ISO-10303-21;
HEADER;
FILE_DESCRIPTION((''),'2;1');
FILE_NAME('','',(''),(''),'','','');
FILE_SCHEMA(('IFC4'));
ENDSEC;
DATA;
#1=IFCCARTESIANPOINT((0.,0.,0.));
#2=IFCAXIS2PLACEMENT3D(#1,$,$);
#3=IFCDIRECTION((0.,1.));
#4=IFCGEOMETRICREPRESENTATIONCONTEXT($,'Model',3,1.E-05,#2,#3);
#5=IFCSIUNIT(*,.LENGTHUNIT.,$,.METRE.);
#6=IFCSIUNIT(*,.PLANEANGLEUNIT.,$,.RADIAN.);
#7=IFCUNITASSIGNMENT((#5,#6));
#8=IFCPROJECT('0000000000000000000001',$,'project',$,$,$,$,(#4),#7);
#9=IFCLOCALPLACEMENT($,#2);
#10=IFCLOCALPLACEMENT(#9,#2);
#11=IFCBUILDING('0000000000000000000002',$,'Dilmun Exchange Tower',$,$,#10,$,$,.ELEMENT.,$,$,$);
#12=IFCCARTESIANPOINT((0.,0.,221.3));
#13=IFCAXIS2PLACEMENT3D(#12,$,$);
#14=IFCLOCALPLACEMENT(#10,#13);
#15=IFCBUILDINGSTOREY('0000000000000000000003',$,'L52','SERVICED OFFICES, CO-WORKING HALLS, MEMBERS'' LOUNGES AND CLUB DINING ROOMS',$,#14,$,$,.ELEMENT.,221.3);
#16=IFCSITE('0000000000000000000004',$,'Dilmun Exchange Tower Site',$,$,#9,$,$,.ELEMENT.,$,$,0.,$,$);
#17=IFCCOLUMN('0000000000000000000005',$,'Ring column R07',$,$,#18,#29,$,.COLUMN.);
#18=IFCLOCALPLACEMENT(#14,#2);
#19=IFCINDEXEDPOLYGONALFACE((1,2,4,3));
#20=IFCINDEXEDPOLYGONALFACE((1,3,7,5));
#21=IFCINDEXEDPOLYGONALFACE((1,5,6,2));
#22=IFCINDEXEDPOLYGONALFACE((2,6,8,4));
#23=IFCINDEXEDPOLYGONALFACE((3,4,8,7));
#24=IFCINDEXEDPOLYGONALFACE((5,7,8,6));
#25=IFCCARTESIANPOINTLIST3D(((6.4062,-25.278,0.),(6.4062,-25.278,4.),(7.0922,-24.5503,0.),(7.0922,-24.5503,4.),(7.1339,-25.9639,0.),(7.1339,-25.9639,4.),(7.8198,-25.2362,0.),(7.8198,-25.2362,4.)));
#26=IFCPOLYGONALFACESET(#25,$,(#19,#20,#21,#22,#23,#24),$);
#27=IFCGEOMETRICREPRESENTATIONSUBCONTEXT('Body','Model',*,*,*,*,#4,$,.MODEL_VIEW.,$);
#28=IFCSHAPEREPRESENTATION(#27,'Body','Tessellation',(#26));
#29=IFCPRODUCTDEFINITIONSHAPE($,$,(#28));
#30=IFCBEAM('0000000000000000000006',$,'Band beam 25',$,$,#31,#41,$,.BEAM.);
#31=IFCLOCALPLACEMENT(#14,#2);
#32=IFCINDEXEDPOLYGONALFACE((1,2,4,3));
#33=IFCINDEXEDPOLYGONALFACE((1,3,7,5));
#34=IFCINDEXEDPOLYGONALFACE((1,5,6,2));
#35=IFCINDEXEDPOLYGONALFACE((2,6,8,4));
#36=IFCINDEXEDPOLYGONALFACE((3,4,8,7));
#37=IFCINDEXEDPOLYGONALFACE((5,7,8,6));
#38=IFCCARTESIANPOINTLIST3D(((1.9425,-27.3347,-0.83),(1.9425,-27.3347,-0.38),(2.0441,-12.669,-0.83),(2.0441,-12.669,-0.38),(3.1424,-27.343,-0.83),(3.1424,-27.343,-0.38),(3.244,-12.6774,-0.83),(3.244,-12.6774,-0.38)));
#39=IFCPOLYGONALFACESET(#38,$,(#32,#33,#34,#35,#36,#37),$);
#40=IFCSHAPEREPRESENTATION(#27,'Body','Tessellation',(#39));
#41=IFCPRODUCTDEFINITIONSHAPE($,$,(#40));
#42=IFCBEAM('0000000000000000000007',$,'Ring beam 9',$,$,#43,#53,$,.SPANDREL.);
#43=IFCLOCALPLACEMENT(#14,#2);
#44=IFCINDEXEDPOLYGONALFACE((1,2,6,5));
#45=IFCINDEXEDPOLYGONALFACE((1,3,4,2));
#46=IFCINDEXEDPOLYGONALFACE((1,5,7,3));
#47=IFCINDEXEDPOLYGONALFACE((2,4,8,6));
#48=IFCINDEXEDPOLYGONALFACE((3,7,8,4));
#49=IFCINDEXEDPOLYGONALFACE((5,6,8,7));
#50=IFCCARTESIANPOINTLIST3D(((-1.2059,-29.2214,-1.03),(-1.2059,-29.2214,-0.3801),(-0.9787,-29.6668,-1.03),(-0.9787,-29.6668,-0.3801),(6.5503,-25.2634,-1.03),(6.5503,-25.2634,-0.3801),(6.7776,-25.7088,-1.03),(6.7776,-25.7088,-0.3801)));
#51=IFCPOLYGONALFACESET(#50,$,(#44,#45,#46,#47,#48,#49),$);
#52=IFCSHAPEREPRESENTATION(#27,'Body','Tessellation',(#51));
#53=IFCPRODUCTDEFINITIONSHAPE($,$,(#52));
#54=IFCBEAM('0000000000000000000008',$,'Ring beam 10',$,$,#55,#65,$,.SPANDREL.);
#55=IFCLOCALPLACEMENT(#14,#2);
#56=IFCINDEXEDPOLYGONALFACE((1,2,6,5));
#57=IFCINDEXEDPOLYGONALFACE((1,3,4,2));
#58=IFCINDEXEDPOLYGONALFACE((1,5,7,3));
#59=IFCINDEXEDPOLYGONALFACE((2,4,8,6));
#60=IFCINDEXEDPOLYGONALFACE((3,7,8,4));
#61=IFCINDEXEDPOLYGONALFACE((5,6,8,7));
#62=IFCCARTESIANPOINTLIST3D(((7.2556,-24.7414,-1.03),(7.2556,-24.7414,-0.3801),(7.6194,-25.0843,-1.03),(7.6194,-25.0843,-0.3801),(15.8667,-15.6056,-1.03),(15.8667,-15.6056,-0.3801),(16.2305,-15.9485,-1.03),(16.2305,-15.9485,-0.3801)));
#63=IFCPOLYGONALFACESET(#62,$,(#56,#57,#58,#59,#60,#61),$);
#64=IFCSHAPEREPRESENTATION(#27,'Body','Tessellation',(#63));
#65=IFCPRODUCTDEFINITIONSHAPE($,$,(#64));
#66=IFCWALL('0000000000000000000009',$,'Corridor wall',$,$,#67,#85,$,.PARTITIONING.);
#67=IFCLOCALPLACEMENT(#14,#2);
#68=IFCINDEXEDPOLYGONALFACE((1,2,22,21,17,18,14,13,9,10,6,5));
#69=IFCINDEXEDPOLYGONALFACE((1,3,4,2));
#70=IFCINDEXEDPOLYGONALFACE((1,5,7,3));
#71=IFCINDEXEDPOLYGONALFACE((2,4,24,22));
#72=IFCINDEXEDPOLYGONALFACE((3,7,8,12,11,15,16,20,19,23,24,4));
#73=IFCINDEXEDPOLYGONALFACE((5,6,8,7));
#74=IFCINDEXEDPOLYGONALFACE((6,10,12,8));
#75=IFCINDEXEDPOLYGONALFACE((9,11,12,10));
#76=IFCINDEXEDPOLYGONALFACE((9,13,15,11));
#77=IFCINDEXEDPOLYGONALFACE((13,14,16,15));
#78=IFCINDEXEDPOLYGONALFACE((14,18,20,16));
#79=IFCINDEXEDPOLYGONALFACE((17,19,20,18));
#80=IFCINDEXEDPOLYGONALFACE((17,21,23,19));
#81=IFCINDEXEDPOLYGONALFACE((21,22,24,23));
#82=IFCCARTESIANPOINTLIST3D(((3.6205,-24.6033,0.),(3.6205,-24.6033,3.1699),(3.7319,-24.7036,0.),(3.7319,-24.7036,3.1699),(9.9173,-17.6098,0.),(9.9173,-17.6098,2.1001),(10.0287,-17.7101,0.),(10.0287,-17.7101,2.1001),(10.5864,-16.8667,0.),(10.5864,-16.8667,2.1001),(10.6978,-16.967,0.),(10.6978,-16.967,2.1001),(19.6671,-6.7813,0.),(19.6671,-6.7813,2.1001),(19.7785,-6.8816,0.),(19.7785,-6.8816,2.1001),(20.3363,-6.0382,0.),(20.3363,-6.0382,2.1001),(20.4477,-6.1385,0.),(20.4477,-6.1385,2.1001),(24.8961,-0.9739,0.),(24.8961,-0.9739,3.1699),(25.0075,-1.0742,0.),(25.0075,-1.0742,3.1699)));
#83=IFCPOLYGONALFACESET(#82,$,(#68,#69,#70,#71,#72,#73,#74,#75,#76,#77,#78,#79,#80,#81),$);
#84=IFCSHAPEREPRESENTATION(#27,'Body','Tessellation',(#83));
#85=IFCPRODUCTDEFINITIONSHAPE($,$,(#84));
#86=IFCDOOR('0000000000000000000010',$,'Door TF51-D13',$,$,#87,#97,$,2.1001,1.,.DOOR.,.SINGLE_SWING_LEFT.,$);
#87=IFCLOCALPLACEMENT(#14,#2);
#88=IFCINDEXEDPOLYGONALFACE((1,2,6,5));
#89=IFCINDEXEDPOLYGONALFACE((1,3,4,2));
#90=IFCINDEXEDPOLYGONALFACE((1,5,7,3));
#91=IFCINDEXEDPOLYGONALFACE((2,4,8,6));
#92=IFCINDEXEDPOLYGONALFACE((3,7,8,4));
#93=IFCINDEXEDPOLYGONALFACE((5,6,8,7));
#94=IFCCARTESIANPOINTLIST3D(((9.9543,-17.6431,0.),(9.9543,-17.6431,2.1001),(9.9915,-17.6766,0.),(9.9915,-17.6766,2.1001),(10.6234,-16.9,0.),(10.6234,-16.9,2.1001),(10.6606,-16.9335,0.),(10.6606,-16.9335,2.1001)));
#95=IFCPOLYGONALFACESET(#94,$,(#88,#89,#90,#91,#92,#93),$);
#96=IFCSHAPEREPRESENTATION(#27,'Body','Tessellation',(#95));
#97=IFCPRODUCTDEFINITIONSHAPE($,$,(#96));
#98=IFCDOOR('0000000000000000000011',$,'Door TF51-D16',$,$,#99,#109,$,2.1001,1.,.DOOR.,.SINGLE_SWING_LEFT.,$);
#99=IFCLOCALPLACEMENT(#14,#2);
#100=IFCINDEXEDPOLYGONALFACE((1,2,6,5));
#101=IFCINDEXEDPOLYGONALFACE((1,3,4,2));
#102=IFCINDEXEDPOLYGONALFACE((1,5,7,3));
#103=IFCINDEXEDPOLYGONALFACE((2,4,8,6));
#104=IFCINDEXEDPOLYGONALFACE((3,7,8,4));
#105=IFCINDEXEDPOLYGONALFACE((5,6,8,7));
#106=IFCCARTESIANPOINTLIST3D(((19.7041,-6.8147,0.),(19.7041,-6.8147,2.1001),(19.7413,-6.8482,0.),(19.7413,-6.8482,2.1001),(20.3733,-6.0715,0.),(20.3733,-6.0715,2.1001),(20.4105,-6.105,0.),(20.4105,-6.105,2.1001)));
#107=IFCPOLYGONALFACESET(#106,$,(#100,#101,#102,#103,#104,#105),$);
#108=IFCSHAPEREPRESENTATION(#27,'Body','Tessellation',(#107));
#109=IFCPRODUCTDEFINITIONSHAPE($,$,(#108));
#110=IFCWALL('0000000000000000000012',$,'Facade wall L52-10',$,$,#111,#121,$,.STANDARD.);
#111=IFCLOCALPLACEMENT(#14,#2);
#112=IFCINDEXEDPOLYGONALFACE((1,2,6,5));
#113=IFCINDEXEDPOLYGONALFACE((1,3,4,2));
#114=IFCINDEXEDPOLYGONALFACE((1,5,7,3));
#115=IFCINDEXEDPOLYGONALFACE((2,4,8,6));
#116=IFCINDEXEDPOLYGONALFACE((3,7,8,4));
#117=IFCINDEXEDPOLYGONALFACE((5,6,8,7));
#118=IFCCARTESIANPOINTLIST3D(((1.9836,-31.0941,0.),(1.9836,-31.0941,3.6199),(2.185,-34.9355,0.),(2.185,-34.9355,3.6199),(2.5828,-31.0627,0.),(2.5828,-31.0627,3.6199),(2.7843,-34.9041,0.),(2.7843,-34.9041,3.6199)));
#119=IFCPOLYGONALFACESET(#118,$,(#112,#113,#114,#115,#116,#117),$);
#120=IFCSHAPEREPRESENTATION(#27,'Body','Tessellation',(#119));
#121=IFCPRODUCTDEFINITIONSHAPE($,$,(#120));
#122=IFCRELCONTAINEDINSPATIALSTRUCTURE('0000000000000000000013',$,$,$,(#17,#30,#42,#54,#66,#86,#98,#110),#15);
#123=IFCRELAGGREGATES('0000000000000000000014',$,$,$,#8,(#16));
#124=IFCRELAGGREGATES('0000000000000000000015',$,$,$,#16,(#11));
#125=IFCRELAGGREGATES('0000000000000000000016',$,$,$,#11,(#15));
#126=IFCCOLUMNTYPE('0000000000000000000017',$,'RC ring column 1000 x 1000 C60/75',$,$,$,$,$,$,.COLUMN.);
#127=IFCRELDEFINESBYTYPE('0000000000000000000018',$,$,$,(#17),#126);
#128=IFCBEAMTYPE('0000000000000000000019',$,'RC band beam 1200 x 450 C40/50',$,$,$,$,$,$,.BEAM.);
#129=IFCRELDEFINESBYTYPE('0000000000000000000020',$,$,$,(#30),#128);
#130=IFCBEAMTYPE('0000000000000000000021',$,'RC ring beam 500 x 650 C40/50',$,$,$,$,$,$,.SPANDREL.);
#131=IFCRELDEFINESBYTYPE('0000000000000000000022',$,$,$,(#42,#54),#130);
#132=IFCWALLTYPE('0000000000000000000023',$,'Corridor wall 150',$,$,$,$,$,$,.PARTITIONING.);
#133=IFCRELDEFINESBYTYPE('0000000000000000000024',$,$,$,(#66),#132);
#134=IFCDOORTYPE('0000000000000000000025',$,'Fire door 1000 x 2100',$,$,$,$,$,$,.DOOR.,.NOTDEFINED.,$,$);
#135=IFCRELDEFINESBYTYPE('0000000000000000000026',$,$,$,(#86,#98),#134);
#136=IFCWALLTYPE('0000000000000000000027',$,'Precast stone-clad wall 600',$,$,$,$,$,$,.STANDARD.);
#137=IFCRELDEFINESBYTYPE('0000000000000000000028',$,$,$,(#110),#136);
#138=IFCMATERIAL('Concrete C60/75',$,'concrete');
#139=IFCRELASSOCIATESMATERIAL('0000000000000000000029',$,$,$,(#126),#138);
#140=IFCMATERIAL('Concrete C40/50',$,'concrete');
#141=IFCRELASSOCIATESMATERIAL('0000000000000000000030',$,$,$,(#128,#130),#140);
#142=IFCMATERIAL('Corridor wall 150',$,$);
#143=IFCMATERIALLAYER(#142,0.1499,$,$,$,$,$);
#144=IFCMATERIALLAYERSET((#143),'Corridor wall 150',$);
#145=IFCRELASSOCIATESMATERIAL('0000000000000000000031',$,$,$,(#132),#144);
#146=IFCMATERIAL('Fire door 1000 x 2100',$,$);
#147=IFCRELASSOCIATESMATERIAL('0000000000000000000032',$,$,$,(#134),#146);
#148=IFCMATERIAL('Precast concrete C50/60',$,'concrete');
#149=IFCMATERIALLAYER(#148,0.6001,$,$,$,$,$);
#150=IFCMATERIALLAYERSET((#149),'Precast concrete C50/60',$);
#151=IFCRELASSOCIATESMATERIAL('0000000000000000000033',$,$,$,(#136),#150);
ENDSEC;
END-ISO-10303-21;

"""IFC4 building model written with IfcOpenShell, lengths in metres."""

from ifc_helpers import new_model, si_unit, direction, frame, frame_2d, origin, origin_2d, place, context, subcontext, project, spatial, rectangle, extrude, material, layer, layer_set, material_profile, profile_set, type_object, element, fill, save


model = new_model("IFC4")

# Units and contexts
model_context = context("Model", 3, precision=1e-05, world=origin(), true_north=direction((0.0, 1.0)))
body_context = subcontext(model_context, "Body", "Model", "MODEL_VIEW")
ifc_project = project(units=[si_unit("LENGTHUNIT", "METRE"), si_unit("PLANEANGLEUNIT", "RADIAN")], contexts=[model_context])

# Site, building, storey
site_placement = place(None, origin())
site = spatial("IfcSite", under=ifc_project, at=site_placement, Name="Dilmun Exchange Tower Site", CompositionType="ELEMENT", RefElevation=0.0)
building_placement = place(site_placement, origin())
building = spatial("IfcBuilding", under=site, at=building_placement, Name="Dilmun Exchange Tower", CompositionType="ELEMENT")
storey_placement = place(building_placement, frame((0.0, 0.0, 221.3)))
storey = spatial("IfcBuildingStorey", under=building, at=storey_placement, Name="L52", Description="SERVICED OFFICES, CO-WORKING HALLS, MEMBERS' LOUNGES AND CLUB DINING ROOMS", CompositionType="ELEMENT", Elevation=221.3)

# Column
ifc_material_1 = material(Name="Concrete C60/75", Category="concrete")
ifc_material_profile_1 = material_profile(ifc_material_1, rectangle(XDim=1.0, YDim=1.0, at=origin_2d()), Name="1000 x 1000")
ifc_profile_set_1 = profile_set([ifc_material_profile_1], Name="Concrete C60/75")
column_type = type_object("IfcColumnType", Name="RC ring column 1000 x 1000 C60/75", PredefinedType="COLUMN", material=ifc_profile_set_1)
column_placement = place(storey_placement, frame((7.113, -25.2571, 0.0), z_axis=(0.0, 0.0, 1.0), x_axis=(0.685916, 0.727681, 0.0)))
element("IfcColumn", 1, at=column_placement, inside=storey, type_object=column_type, Name="Ring column R07", PredefinedType="COLUMN", context=body_context, shape_type="SweptSolid", body=[
    extrude(rectangle(XDim=1.0, YDim=1.0, at=origin_2d()), origin(), (0.0, 0.0, 1.0), 4.0),
])

# Beams
ifc_material_2 = material(Name="Concrete C40/50", Category="concrete")
ifc_material_profile_2 = material_profile(ifc_material_2, rectangle(XDim=1.2, YDim=0.45, at=origin_2d()), Name="1200 x 450")
ifc_profile_set_2 = profile_set([ifc_material_profile_2], Name="Concrete C40/50")
beam_type_1 = type_object("IfcBeamType", Name="RC band beam 1200 x 450 C40/50", PredefinedType="BEAM", material=ifc_profile_set_2)
beam_1_placement = place(storey_placement, frame((2.5425, -27.3389, -0.605), z_axis=(0.006925, 0.999976, 0.0), x_axis=(-0.999976, 0.006925, 0.0)))
element("IfcBeam", 2, at=beam_1_placement, inside=storey, type_object=beam_type_1, Name="Band beam 25", PredefinedType="BEAM", context=body_context, shape_type="SweptSolid", body=[
    extrude(rectangle(XDim=1.2, YDim=0.45, at=origin_2d()), origin(), (0.0, 0.0, 1.0), 14.666),
])
ifc_material_profile_3 = material_profile(ifc_material_2, rectangle(XDim=0.5, YDim=0.6499, at=origin_2d()), Name="500 x 650")
ifc_profile_set_3 = profile_set([ifc_material_profile_3], Name="Concrete C40/50")
beam_type_2 = type_object("IfcBeamType", Name="RC ring beam 500 x 650 C40/50", PredefinedType="SPANDREL", material=ifc_profile_set_3)
beam_2_placement = place(storey_placement, frame((-1.0923, -29.4441, -0.7051), z_axis=(0.89073, 0.454533, 0.0), x_axis=(-0.454533, 0.89073, 0.0)))
element("IfcBeam", 3, at=beam_2_placement, inside=storey, type_object=beam_type_2, Name="Ring beam 9", PredefinedType="SPANDREL", context=body_context, shape_type="SweptSolid", body=[
    extrude(rectangle(XDim=0.5, YDim=0.6499, at=origin_2d()), origin(), (0.0, 0.0, 1.0), 8.7078),
])
beam_3_placement = place(storey_placement, frame((7.4375, -24.9128, -0.7051), z_axis=(0.685903, 0.727693, 0.0), x_axis=(-0.727693, 0.685903, 0.0)))
element("IfcBeam", 4, at=beam_3_placement, inside=storey, type_object=beam_type_2, Name="Ring beam 10", PredefinedType="SPANDREL", context=body_context, shape_type="SweptSolid", body=[
    extrude(rectangle(XDim=0.5, YDim=0.6499, at=origin_2d()), origin(), (0.0, 0.0, 1.0), 12.5544),
])

# Wall, openings, doors
ifc_material_3 = material(Name="Corridor wall 150")
ifc_layer_1 = layer(ifc_material_3, 0.1499)
ifc_layer_set_1 = layer_set([ifc_layer_1], Name="Corridor wall 150")
wall_type_1 = type_object("IfcWallType", Name="Corridor wall 150", PredefinedType="PARTITIONING", material=ifc_layer_set_1)
wall_1_placement = place(storey_placement, frame((3.6763, -24.6533, 0.0), z_axis=(0.0, 0.0, 1.0), x_axis=(0.669124, 0.743151, 0.0)))
wall_1 = element("IfcWall", 5, at=wall_1_placement, inside=storey, type_object=wall_type_1, Name="Corridor wall", PredefinedType="PARTITIONING", context=body_context, shape_type="SweptSolid", body=[
    extrude(rectangle(XDim=31.7961, YDim=0.1499, at=frame_2d((15.8979, 0.0))), origin(), (0.0, 0.0, 1.0), 3.1699),
])
opening_1_placement = place(wall_1_placement, frame((9.4104, 0.0, 0.0)))
opening_1 = element("IfcOpeningElement", 6, at=opening_1_placement, cuts=wall_1, PredefinedType="OPENING", context=body_context, shape_type="SweptSolid", body=[
    extrude(rectangle(XDim=1.0, YDim=2.1001, at=frame_2d((0.5, 1.05))), frame((0.0, 0.085, 0.0), z_axis=(0.0, -1.0, 0.0), x_axis=(1.0, 0.0, 0.0)), (0.0, 0.0, 1.0), 0.1699),
])
opening_2_placement = place(wall_1_placement, frame((23.9814, 0.0, 0.0)))
opening_2 = element("IfcOpeningElement", 7, at=opening_2_placement, cuts=wall_1, PredefinedType="OPENING", context=body_context, shape_type="SweptSolid", body=[
    extrude(rectangle(XDim=1.0, YDim=2.1001, at=frame_2d((0.5, 1.05))), frame((0.0, 0.085, 0.0), z_axis=(0.0, -1.0, 0.0), x_axis=(1.0, 0.0, 0.0)), (0.0, 0.0, 1.0), 0.1699),
])
ifc_material_4 = material(Name="Fire door 1000 x 2100")
door_type = type_object("IfcDoorType", Name="Fire door 1000 x 2100", OperationType="NOTDEFINED", PredefinedType="DOOR", material=ifc_material_4)
door_1_placement = place(opening_1_placement, frame((1.0, 0.0, 0.0), z_axis=(0.0, 0.0, 1.0), x_axis=(-1.0, 0.0, 0.0)))
door_1 = element("IfcDoor", 8, at=door_1_placement, inside=storey, type_object=door_type, Name="Door TF51-D13", OperationType="SINGLE_SWING_LEFT", OverallHeight=2.1001, OverallWidth=1.0, PredefinedType="DOOR", context=body_context, shape_type="SweptSolid", body=[
    extrude(rectangle(XDim=1.0, YDim=2.1001, at=frame_2d((0.5, 1.05))), frame((0.0, 0.0249, 0.0), z_axis=(0.0, -1.0, 0.0), x_axis=(1.0, 0.0, 0.0)), (0.0, 0.0, 1.0), 0.05),
])
fill(opening_1, door_1)
door_2_placement = place(opening_2_placement, frame((1.0, 0.0, 0.0), z_axis=(0.0, 0.0, 1.0), x_axis=(-1.0, 0.0, 0.0)))
door_2 = element("IfcDoor", 9, at=door_2_placement, inside=storey, type_object=door_type, Name="Door TF51-D16", OperationType="SINGLE_SWING_LEFT", OverallHeight=2.1001, OverallWidth=1.0, PredefinedType="DOOR", context=body_context, shape_type="SweptSolid", body=[
    extrude(rectangle(XDim=1.0, YDim=2.1001, at=frame_2d((0.5, 1.05))), frame((0.0, 0.0249, 0.0), z_axis=(0.0, -1.0, 0.0), x_axis=(1.0, 0.0, 0.0)), (0.0, 0.0, 1.0), 0.05),
])
fill(opening_2, door_2)

# Wall
ifc_material_5 = material(Name="Precast concrete C50/60", Category="concrete")
ifc_layer_2 = layer(ifc_material_5, 0.6001)
ifc_layer_set_2 = layer_set([ifc_layer_2], Name="Precast concrete C50/60")
wall_type_2 = type_object("IfcWallType", Name="Precast stone-clad wall 600", PredefinedType="STANDARD", material=ifc_layer_set_2)
wall_2_placement = place(storey_placement, frame((2.2832, -31.0784, 0.0), z_axis=(0.0, 0.0, 1.0), x_axis=(0.052362, -0.998628, 0.0)))
element("IfcWall", 10, at=wall_2_placement, inside=storey, type_object=wall_type_2, Name="Facade wall L52-10", PredefinedType="STANDARD", context=body_context, shape_type="SweptSolid", body=[
    extrude(rectangle(XDim=3.8467, YDim=0.6001, at=frame_2d((1.9233, 0.0))), origin(), (0.0, 0.0, 1.0), 3.6199),
])

save(model, "model.ifc")
